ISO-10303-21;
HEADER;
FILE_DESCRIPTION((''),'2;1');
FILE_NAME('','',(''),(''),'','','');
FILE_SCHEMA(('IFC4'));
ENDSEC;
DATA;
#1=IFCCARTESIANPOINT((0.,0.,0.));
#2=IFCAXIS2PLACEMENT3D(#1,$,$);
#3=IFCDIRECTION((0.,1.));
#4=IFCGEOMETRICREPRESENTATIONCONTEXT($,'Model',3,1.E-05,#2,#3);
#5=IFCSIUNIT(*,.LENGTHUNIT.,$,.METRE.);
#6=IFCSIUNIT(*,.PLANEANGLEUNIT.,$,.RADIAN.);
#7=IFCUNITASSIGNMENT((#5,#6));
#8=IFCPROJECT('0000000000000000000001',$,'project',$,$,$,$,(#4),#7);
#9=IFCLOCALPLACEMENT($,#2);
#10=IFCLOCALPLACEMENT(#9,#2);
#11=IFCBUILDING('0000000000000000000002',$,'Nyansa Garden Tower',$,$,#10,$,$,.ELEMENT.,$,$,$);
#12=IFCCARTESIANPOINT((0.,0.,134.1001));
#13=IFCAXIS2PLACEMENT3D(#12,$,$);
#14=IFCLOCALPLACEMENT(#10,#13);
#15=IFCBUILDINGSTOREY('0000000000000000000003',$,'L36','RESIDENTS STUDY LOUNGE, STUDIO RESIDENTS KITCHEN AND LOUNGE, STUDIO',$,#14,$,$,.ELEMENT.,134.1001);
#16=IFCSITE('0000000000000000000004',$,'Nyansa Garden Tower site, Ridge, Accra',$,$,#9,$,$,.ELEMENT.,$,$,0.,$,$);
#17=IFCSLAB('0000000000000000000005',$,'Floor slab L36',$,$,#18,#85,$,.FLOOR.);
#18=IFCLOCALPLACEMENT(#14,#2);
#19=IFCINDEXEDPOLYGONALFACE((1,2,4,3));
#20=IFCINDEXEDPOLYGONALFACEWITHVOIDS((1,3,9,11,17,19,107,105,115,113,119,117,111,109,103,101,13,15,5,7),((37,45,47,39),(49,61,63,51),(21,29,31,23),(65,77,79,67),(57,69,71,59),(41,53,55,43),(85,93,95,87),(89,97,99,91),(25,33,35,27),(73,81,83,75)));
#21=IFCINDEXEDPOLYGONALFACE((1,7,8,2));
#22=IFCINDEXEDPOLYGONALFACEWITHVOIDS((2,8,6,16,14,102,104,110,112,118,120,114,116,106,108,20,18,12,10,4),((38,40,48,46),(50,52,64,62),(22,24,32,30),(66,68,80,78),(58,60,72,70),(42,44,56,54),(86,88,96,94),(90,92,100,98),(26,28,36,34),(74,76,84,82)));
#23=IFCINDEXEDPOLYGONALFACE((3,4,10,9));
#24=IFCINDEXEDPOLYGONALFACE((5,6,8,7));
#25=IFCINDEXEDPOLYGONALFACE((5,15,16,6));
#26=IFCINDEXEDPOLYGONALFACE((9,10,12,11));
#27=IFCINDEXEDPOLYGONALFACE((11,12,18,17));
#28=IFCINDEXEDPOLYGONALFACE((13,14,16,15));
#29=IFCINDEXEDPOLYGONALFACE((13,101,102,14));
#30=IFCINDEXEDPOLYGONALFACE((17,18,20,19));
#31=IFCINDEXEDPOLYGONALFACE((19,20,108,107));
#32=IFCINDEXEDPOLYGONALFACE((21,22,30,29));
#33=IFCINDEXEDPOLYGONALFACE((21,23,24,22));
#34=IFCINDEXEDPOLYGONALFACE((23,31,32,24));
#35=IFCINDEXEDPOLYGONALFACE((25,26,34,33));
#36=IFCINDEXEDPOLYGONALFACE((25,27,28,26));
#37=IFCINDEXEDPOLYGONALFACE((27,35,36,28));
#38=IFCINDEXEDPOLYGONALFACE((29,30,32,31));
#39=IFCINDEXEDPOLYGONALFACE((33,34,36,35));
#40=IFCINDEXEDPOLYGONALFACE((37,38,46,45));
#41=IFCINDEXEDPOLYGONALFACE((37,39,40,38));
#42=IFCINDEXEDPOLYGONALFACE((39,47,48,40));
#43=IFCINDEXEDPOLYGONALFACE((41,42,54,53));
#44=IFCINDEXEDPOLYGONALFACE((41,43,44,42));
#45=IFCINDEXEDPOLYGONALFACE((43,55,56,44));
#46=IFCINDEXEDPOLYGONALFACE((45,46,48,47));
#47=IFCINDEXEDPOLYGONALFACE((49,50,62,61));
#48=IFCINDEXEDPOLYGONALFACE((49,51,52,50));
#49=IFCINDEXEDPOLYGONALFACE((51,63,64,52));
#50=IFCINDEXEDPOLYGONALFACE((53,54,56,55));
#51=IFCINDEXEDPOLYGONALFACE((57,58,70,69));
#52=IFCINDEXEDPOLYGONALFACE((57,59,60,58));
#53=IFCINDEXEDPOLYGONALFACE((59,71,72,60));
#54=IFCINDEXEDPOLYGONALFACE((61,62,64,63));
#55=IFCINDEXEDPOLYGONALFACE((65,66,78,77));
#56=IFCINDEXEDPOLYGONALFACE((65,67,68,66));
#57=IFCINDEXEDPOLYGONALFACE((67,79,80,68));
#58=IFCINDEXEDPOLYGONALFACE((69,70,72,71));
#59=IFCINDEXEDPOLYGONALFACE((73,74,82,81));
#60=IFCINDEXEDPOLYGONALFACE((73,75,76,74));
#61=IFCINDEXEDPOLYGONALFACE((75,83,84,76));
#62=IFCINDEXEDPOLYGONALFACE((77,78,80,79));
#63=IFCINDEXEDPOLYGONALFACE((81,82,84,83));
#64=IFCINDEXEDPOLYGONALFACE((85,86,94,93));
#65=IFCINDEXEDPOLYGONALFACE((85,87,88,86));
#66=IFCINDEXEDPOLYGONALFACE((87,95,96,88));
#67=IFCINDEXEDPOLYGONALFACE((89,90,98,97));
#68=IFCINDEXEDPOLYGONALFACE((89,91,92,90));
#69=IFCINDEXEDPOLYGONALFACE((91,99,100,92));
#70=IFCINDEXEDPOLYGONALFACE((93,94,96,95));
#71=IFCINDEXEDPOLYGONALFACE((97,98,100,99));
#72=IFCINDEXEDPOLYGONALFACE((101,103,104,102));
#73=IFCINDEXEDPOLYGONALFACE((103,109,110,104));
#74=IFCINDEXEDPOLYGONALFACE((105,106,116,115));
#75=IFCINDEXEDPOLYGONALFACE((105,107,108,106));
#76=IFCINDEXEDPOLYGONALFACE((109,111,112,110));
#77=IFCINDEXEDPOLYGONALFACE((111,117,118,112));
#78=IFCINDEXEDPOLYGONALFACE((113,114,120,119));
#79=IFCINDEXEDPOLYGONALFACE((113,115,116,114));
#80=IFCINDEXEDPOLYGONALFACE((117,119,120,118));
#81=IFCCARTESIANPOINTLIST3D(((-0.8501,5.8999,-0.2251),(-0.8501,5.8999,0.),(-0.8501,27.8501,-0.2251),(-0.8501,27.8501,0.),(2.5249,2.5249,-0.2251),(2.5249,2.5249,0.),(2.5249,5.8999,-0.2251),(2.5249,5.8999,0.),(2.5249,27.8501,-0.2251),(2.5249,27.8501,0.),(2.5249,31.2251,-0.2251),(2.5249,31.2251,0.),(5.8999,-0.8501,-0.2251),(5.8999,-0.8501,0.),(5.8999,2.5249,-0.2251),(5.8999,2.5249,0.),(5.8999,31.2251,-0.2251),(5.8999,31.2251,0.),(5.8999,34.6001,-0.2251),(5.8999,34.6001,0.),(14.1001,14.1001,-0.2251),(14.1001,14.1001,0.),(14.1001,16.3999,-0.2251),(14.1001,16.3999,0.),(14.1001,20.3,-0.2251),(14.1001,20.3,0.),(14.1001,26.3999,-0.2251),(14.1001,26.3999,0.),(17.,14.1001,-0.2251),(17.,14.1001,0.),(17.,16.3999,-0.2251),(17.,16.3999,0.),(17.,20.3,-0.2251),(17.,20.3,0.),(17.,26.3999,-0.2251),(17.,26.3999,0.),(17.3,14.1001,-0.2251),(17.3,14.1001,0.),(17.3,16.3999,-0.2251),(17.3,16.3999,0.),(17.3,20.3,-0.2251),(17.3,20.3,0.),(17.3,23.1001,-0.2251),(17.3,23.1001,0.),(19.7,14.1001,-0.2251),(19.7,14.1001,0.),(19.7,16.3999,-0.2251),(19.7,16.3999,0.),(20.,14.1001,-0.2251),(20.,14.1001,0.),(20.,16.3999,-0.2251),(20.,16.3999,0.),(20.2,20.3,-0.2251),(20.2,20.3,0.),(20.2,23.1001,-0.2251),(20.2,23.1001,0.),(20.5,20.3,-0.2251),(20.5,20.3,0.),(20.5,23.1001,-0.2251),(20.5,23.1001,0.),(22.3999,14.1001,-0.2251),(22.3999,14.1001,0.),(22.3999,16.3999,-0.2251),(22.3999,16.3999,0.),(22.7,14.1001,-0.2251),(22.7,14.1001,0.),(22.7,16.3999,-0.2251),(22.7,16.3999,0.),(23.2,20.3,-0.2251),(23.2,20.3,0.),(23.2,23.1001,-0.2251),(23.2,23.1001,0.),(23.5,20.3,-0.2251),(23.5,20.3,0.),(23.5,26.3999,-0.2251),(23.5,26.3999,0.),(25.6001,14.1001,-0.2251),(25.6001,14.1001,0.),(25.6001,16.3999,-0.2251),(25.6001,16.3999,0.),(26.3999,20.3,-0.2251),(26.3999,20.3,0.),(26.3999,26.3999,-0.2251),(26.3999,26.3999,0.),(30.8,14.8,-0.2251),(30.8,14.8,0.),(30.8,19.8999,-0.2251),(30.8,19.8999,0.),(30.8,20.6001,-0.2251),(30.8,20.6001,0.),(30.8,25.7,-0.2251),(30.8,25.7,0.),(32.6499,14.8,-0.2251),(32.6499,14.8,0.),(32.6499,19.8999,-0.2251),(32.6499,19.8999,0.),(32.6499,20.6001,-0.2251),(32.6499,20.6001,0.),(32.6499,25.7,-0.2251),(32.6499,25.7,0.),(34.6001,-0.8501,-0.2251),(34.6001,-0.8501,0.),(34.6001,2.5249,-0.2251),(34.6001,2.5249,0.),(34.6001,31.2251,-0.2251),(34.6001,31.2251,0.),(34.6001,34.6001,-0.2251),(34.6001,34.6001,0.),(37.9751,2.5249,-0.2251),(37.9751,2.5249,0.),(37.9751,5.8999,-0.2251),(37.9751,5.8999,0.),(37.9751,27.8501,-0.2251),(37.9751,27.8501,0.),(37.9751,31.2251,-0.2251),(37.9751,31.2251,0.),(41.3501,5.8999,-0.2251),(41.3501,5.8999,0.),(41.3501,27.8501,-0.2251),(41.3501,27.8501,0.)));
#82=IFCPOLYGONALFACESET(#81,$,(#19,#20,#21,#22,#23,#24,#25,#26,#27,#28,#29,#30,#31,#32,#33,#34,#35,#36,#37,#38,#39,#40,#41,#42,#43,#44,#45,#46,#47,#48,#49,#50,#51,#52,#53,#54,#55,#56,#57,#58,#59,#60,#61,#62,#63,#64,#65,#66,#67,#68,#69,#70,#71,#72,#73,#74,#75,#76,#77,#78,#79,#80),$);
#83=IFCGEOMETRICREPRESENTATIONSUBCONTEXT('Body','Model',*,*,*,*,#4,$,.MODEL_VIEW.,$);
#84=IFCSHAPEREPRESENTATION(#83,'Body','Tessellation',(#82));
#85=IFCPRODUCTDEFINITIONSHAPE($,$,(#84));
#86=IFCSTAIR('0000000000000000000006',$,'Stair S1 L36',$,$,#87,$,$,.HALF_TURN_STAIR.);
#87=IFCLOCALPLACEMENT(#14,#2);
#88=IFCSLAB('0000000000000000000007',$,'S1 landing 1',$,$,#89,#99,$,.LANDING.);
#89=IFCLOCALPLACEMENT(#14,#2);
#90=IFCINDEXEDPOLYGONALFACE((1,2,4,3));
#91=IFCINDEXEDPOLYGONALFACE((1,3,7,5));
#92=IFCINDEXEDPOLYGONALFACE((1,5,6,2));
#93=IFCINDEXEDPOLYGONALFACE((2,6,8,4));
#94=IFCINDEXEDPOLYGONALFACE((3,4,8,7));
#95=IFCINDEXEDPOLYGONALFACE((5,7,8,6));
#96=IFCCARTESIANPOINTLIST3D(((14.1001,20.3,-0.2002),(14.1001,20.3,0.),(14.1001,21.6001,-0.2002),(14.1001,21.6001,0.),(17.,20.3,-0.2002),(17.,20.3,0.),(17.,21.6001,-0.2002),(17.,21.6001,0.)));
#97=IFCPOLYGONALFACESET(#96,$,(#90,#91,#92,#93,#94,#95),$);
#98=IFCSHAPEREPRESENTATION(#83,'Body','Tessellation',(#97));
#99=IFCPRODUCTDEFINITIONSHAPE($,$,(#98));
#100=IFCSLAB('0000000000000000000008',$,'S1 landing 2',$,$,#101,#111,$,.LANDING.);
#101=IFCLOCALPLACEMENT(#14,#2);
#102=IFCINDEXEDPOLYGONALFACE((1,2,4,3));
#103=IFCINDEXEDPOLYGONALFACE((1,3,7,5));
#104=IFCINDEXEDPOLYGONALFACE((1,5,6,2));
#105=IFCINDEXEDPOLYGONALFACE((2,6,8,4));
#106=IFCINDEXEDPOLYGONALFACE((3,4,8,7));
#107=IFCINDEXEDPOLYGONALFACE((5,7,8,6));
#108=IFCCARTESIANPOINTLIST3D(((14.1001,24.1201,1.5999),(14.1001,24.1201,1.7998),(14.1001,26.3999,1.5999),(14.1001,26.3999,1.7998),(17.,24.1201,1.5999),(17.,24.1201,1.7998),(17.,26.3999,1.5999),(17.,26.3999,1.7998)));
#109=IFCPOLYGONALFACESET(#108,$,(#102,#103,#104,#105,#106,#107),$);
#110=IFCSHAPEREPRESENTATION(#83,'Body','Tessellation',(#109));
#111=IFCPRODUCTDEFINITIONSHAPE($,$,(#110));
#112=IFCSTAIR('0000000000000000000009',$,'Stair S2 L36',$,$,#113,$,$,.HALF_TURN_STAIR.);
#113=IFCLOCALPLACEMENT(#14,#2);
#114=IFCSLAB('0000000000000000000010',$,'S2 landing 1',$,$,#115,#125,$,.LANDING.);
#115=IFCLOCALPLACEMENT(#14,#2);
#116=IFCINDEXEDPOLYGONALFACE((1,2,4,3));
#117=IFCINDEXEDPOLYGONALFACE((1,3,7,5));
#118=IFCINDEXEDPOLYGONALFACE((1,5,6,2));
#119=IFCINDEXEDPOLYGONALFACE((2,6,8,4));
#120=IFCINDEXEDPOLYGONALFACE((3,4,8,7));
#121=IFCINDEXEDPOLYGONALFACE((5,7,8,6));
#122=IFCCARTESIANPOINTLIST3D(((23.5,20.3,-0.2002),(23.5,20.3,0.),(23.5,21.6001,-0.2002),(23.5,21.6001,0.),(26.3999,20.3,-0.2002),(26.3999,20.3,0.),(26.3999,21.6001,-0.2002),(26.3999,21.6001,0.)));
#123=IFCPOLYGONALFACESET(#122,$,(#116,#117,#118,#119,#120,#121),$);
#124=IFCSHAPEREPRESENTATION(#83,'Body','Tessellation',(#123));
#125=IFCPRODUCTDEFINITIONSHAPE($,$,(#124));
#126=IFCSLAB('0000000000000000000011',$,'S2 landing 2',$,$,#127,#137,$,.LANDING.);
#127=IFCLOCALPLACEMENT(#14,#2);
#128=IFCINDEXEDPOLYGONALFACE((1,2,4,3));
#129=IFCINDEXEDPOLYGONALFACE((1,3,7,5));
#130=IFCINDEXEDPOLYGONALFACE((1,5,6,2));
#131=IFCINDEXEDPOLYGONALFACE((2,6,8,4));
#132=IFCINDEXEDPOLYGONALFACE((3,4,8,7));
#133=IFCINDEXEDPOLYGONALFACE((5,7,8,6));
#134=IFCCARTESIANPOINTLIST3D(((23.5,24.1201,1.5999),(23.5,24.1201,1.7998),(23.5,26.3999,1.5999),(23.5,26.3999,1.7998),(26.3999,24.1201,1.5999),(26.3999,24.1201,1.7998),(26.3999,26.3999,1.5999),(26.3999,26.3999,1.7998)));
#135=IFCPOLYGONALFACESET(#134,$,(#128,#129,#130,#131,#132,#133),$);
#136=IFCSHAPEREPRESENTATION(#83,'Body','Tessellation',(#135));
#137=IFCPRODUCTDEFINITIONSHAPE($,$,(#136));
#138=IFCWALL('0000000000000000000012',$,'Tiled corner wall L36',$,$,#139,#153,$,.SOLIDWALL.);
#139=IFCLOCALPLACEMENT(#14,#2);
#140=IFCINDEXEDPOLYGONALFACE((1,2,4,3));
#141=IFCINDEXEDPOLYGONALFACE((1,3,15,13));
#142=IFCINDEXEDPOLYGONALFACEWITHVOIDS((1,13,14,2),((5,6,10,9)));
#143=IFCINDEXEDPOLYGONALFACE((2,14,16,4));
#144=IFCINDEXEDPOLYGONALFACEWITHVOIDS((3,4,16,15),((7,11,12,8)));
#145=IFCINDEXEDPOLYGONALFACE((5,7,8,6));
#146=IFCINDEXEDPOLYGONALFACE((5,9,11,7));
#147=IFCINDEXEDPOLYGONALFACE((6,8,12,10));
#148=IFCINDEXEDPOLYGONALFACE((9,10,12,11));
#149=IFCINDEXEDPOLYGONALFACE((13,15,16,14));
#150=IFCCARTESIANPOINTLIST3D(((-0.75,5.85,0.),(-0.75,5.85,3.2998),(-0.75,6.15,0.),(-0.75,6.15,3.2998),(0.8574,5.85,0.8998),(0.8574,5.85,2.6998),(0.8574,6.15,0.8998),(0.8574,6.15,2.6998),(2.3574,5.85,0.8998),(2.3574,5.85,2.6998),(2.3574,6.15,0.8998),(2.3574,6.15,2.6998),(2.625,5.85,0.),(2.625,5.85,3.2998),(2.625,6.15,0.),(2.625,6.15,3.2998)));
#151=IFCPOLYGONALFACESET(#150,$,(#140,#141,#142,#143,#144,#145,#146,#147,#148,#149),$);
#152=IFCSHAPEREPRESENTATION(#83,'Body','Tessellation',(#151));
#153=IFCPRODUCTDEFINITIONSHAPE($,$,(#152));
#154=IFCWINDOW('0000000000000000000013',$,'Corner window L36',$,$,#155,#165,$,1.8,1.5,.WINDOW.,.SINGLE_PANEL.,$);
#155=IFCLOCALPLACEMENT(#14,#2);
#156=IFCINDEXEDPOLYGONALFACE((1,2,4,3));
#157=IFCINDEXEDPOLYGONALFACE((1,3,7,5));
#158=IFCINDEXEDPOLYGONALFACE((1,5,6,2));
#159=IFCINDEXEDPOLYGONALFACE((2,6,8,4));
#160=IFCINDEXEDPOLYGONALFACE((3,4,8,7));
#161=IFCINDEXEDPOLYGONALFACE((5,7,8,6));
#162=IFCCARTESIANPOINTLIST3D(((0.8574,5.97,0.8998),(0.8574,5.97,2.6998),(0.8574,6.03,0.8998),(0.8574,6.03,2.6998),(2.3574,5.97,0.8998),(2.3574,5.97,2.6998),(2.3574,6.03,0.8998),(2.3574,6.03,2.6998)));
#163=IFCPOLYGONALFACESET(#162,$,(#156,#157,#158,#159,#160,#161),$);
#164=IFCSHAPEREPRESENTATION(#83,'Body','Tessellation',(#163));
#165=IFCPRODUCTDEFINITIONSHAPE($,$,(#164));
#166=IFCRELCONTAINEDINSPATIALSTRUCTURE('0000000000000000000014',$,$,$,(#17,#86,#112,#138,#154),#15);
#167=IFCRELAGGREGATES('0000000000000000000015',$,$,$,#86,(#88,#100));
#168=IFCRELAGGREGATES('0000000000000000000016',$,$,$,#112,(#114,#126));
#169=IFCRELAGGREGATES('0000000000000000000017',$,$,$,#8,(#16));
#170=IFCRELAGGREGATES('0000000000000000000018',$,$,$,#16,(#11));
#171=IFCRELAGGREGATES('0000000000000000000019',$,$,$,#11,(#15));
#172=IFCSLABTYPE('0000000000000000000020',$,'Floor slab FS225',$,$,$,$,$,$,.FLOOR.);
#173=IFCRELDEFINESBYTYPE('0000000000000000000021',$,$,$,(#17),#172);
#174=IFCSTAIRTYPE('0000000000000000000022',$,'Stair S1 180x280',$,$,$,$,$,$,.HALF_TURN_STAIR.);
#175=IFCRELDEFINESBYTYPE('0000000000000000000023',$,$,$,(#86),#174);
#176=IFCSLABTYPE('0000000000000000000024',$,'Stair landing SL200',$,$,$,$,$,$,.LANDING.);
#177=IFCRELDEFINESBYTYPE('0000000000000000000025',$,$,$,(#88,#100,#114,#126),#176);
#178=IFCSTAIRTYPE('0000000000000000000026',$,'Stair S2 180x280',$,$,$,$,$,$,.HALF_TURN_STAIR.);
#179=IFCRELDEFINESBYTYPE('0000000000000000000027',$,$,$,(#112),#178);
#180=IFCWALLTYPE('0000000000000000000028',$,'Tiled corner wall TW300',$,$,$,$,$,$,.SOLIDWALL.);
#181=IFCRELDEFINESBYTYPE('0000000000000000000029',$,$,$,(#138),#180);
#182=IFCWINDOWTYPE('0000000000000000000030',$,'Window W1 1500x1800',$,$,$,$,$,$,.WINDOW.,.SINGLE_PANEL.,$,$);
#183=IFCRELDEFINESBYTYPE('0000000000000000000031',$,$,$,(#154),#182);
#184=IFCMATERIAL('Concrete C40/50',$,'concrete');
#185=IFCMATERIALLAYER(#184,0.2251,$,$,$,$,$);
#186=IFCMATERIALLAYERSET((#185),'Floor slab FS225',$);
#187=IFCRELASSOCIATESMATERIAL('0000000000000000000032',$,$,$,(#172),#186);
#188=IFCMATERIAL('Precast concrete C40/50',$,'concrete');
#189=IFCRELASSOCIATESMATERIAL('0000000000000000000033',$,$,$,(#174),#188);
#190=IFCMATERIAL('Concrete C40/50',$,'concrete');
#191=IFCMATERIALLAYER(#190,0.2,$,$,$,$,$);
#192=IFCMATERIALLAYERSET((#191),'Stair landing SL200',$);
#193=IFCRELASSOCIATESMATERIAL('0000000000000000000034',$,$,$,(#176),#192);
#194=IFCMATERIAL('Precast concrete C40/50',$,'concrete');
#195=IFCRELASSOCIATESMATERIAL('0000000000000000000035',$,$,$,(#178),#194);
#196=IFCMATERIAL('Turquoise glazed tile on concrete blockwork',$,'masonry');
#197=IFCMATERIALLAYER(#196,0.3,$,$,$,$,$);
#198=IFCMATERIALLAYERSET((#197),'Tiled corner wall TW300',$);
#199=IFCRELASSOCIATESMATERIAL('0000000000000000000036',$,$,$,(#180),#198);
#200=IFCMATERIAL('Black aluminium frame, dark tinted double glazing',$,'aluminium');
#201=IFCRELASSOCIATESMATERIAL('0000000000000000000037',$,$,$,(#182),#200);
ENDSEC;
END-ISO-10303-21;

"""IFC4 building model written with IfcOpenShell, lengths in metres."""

from ifc_helpers import new_model, si_unit, direction, frame, frame_2d, origin, place, context, subcontext, project, spatial, polyline, rectangle, outline, extrude, material, layer, layer_set, type_object, element, fill, aggregate, save


model = new_model("IFC4")

# Units and contexts
model_context = context("Model", 3, precision=1e-05, world=origin(), true_north=direction((0.0, 1.0)))
body_context = subcontext(model_context, "Body", "Model", "MODEL_VIEW")
ifc_project = project(units=[si_unit("LENGTHUNIT", "METRE"), si_unit("PLANEANGLEUNIT", "RADIAN")], contexts=[model_context])

# Site, building, storey
site_placement = place(None, origin())
site = spatial("IfcSite", under=ifc_project, at=site_placement, Name="Nyansa Garden Tower site, Ridge, Accra", CompositionType="ELEMENT", RefElevation=0.0)
building_placement = place(site_placement, origin())
building = spatial("IfcBuilding", under=site, at=building_placement, Name="Nyansa Garden Tower", CompositionType="ELEMENT")
storey_placement = place(building_placement, frame((0.0, 0.0, 134.1001)))
storey = spatial("IfcBuildingStorey", under=building, at=storey_placement, Name="L36", Description="RESIDENTS STUDY LOUNGE, STUDIO RESIDENTS KITCHEN AND LOUNGE, STUDIO", CompositionType="ELEMENT", Elevation=134.1001)

# Slab
ifc_material_1 = material(Name="Concrete C40/50", Category="concrete")
ifc_layer_1 = layer(ifc_material_1, 0.2251)
ifc_layer_set_1 = layer_set([ifc_layer_1], Name="Floor slab FS225")
slab_type_1 = type_object("IfcSlabType", Name="Floor slab FS225", PredefinedType="FLOOR", material=ifc_layer_set_1)
slab_1_placement = place(storey_placement, frame((0.0, 0.0, -0.2251)))
element("IfcSlab", 1, at=slab_1_placement, inside=storey, type_object=slab_type_1, Name="Floor slab L36", PredefinedType="FLOOR", context=body_context, shape_type="SweptSolid", body=[
    extrude(outline(polyline([(41.3501, 5.8999), (37.9751, 5.8999), (37.9751, 2.5249), (34.6001, 2.5249), (34.6001, -0.8501), (5.8999, -0.8501), (5.8999, 2.5249), (2.5249, 2.5249), (2.5249, 5.8999), (-0.8501, 5.8999), (-0.8501, 27.8501), (2.5249, 27.8501), (2.5249, 31.2251), (5.8999, 31.2251), (5.8999, 34.6001), (34.6001, 34.6001), (34.6001, 31.2251), (37.9751, 31.2251), (37.9751, 27.8501), (41.3501, 27.8501), (41.3501, 5.8999)]), holes=[polyline([(14.1001, 14.1001), (17.0, 14.1001), (17.0, 16.3999), (14.1001, 16.3999), (14.1001, 14.1001)]), polyline([(17.3, 14.1001), (19.7, 14.1001), (19.7, 16.3999), (17.3, 16.3999), (17.3, 14.1001)]), polyline([(20.0, 14.1001), (22.3999, 14.1001), (22.3999, 16.3999), (20.0, 16.3999), (20.0, 14.1001)]), polyline([(22.7, 14.1001), (25.6001, 14.1001), (25.6001, 16.3999), (22.7, 16.3999), (22.7, 14.1001)]), polyline([(17.3, 20.3), (20.2, 20.3), (20.2, 23.1001), (17.3, 23.1001), (17.3, 20.3)]), polyline([(20.5, 20.3), (23.2, 20.3), (23.2, 23.1001), (20.5, 23.1001), (20.5, 20.3)]), polyline([(30.8, 14.8), (32.6499, 14.8), (32.6499, 19.8999), (30.8, 19.8999), (30.8, 14.8)]), polyline([(30.8, 20.6001), (32.6499, 20.6001), (32.6499, 25.7), (30.8, 25.7), (30.8, 20.6001)]), polyline([(14.1001, 20.3), (17.0, 20.3), (17.0, 26.3999), (14.1001, 26.3999), (14.1001, 20.3)]), polyline([(23.5, 20.3), (26.3999, 20.3), (26.3999, 26.3999), (23.5, 26.3999), (23.5, 20.3)])]), origin(), (0.0, 0.0, 1.0), 0.2251),
])

# Stairs, slabs
ifc_material_2 = material(Name="Precast concrete C40/50", Category="concrete")
stair_type_1 = type_object("IfcStairType", Name="Stair S1 180x280", PredefinedType="HALF_TURN_STAIR", material=ifc_material_2)
stair_1_placement = place(storey_placement, origin())
stair_1 = element("IfcStair", 2, at=stair_1_placement, inside=storey, type_object=stair_type_1, Name="Stair S1 L36", PredefinedType="HALF_TURN_STAIR")
ifc_material_3 = material(Name="Concrete C40/50", Category="concrete")
ifc_layer_2 = layer(ifc_material_3, 0.2)
ifc_layer_set_2 = layer_set([ifc_layer_2], Name="Stair landing SL200")
slab_type_2 = type_object("IfcSlabType", Name="Stair landing SL200", PredefinedType="LANDING", material=ifc_layer_set_2)
slab_2_placement = place(storey_placement, frame((0.0, 0.0, -0.2002)))
slab_2 = element("IfcSlab", 3, at=slab_2_placement, type_object=slab_type_2, Name="S1 landing 1", PredefinedType="LANDING", context=body_context, shape_type="SweptSolid", body=[
    extrude(outline(polyline([(14.1001, 20.3), (17.0, 20.3), (17.0, 21.6001), (14.1001, 21.6001), (14.1001, 20.3)])), origin(), (0.0, 0.0, 1.0), 0.2002),
])
slab_3_placement = place(storey_placement, frame((0.0, 0.0, 1.5999)))
slab_3 = element("IfcSlab", 4, at=slab_3_placement, type_object=slab_type_2, Name="S1 landing 2", PredefinedType="LANDING", context=body_context, shape_type="SweptSolid", body=[
    extrude(outline(polyline([(14.1001, 24.1201), (17.0, 24.1201), (17.0, 26.3999), (14.1001, 26.3999), (14.1001, 24.1201)])), origin(), (0.0, 0.0, 1.0), 0.2),
])
aggregate(stair_1, [slab_2, slab_3])
ifc_material_4 = material(Name="Precast concrete C40/50", Category="concrete")
stair_type_2 = type_object("IfcStairType", Name="Stair S2 180x280", PredefinedType="HALF_TURN_STAIR", material=ifc_material_4)
stair_2_placement = place(storey_placement, origin())
stair_2 = element("IfcStair", 5, at=stair_2_placement, inside=storey, type_object=stair_type_2, Name="Stair S2 L36", PredefinedType="HALF_TURN_STAIR")
slab_4_placement = place(storey_placement, frame((0.0, 0.0, -0.2002)))
slab_4 = element("IfcSlab", 6, at=slab_4_placement, type_object=slab_type_2, Name="S2 landing 1", PredefinedType="LANDING", context=body_context, shape_type="SweptSolid", body=[
    extrude(outline(polyline([(23.5, 20.3), (26.3999, 20.3), (26.3999, 21.6001), (23.5, 21.6001), (23.5, 20.3)])), origin(), (0.0, 0.0, 1.0), 0.2002),
])
slab_5_placement = place(storey_placement, frame((0.0, 0.0, 1.5999)))
slab_5 = element("IfcSlab", 7, at=slab_5_placement, type_object=slab_type_2, Name="S2 landing 2", PredefinedType="LANDING", context=body_context, shape_type="SweptSolid", body=[
    extrude(outline(polyline([(23.5, 24.1201), (26.3999, 24.1201), (26.3999, 26.3999), (23.5, 26.3999), (23.5, 24.1201)])), origin(), (0.0, 0.0, 1.0), 0.2),
])
aggregate(stair_2, [slab_4, slab_5])

# Wall, opening, window
ifc_material_5 = material(Name="Turquoise glazed tile on concrete blockwork", Category="masonry")
ifc_layer_3 = layer(ifc_material_5, 0.3)
ifc_layer_set_3 = layer_set([ifc_layer_3], Name="Tiled corner wall TW300")
wall_type = type_object("IfcWallType", Name="Tiled corner wall TW300", PredefinedType="SOLIDWALL", material=ifc_layer_set_3)
wall_1_placement = place(storey_placement, frame((-0.75, 6.0, 0.0), z_axis=(0.0, 0.0, 1.0), x_axis=(1.0, 0.0, 0.0)))
wall_1 = element("IfcWall", 8, at=wall_1_placement, inside=storey, type_object=wall_type, Name="Tiled corner wall L36", PredefinedType="SOLIDWALL", context=body_context, shape_type="SweptSolid", body=[
    extrude(rectangle(XDim=3.375, YDim=0.3, at=frame_2d((1.6875, 0.0))), origin(), (0.0, 0.0, 1.0), 3.2998),
])
opening_1_placement = place(wall_1_placement, frame((1.6074, 0.0, 0.8999)))
opening_1 = element("IfcOpeningElement", 9, at=opening_1_placement, cuts=wall_1, PredefinedType="OPENING", context=body_context, shape_type="SweptSolid", body=[
    extrude(rectangle(XDim=1.5, YDim=1.8, at=frame_2d((0.75, 0.8999))), frame((0.0, 0.1599, 0.0), z_axis=(0.0, -1.0, 0.0), x_axis=(1.0, 0.0, 0.0)), (0.0, 0.0, 1.0), 0.3201),
])
ifc_material_6 = material(Name="Black aluminium frame, dark tinted double glazing", Category="aluminium")
window_type_1 = type_object("IfcWindowType", Name="Window W1 1500x1800", PartitioningType="SINGLE_PANEL", PredefinedType="WINDOW", material=ifc_material_6)
window_1_placement = place(opening_1_placement, origin())
window_1 = element("IfcWindow", 10, at=window_1_placement, inside=storey, type_object=window_type_1, Name="Corner window L36", OverallHeight=1.8, OverallWidth=1.5, PartitioningType="SINGLE_PANEL", PredefinedType="WINDOW", context=body_context, shape_type="SweptSolid", body=[
    extrude(rectangle(XDim=1.5, YDim=1.8, at=frame_2d((0.75, 0.8999))), frame((0.0, 0.03, 0.0), z_axis=(0.0, -1.0, 0.0), x_axis=(1.0, 0.0, 0.0)), (0.0, 0.0, 1.0), 0.0601),
])
fill(opening_1, window_1)

save(model, "model.ifc")
